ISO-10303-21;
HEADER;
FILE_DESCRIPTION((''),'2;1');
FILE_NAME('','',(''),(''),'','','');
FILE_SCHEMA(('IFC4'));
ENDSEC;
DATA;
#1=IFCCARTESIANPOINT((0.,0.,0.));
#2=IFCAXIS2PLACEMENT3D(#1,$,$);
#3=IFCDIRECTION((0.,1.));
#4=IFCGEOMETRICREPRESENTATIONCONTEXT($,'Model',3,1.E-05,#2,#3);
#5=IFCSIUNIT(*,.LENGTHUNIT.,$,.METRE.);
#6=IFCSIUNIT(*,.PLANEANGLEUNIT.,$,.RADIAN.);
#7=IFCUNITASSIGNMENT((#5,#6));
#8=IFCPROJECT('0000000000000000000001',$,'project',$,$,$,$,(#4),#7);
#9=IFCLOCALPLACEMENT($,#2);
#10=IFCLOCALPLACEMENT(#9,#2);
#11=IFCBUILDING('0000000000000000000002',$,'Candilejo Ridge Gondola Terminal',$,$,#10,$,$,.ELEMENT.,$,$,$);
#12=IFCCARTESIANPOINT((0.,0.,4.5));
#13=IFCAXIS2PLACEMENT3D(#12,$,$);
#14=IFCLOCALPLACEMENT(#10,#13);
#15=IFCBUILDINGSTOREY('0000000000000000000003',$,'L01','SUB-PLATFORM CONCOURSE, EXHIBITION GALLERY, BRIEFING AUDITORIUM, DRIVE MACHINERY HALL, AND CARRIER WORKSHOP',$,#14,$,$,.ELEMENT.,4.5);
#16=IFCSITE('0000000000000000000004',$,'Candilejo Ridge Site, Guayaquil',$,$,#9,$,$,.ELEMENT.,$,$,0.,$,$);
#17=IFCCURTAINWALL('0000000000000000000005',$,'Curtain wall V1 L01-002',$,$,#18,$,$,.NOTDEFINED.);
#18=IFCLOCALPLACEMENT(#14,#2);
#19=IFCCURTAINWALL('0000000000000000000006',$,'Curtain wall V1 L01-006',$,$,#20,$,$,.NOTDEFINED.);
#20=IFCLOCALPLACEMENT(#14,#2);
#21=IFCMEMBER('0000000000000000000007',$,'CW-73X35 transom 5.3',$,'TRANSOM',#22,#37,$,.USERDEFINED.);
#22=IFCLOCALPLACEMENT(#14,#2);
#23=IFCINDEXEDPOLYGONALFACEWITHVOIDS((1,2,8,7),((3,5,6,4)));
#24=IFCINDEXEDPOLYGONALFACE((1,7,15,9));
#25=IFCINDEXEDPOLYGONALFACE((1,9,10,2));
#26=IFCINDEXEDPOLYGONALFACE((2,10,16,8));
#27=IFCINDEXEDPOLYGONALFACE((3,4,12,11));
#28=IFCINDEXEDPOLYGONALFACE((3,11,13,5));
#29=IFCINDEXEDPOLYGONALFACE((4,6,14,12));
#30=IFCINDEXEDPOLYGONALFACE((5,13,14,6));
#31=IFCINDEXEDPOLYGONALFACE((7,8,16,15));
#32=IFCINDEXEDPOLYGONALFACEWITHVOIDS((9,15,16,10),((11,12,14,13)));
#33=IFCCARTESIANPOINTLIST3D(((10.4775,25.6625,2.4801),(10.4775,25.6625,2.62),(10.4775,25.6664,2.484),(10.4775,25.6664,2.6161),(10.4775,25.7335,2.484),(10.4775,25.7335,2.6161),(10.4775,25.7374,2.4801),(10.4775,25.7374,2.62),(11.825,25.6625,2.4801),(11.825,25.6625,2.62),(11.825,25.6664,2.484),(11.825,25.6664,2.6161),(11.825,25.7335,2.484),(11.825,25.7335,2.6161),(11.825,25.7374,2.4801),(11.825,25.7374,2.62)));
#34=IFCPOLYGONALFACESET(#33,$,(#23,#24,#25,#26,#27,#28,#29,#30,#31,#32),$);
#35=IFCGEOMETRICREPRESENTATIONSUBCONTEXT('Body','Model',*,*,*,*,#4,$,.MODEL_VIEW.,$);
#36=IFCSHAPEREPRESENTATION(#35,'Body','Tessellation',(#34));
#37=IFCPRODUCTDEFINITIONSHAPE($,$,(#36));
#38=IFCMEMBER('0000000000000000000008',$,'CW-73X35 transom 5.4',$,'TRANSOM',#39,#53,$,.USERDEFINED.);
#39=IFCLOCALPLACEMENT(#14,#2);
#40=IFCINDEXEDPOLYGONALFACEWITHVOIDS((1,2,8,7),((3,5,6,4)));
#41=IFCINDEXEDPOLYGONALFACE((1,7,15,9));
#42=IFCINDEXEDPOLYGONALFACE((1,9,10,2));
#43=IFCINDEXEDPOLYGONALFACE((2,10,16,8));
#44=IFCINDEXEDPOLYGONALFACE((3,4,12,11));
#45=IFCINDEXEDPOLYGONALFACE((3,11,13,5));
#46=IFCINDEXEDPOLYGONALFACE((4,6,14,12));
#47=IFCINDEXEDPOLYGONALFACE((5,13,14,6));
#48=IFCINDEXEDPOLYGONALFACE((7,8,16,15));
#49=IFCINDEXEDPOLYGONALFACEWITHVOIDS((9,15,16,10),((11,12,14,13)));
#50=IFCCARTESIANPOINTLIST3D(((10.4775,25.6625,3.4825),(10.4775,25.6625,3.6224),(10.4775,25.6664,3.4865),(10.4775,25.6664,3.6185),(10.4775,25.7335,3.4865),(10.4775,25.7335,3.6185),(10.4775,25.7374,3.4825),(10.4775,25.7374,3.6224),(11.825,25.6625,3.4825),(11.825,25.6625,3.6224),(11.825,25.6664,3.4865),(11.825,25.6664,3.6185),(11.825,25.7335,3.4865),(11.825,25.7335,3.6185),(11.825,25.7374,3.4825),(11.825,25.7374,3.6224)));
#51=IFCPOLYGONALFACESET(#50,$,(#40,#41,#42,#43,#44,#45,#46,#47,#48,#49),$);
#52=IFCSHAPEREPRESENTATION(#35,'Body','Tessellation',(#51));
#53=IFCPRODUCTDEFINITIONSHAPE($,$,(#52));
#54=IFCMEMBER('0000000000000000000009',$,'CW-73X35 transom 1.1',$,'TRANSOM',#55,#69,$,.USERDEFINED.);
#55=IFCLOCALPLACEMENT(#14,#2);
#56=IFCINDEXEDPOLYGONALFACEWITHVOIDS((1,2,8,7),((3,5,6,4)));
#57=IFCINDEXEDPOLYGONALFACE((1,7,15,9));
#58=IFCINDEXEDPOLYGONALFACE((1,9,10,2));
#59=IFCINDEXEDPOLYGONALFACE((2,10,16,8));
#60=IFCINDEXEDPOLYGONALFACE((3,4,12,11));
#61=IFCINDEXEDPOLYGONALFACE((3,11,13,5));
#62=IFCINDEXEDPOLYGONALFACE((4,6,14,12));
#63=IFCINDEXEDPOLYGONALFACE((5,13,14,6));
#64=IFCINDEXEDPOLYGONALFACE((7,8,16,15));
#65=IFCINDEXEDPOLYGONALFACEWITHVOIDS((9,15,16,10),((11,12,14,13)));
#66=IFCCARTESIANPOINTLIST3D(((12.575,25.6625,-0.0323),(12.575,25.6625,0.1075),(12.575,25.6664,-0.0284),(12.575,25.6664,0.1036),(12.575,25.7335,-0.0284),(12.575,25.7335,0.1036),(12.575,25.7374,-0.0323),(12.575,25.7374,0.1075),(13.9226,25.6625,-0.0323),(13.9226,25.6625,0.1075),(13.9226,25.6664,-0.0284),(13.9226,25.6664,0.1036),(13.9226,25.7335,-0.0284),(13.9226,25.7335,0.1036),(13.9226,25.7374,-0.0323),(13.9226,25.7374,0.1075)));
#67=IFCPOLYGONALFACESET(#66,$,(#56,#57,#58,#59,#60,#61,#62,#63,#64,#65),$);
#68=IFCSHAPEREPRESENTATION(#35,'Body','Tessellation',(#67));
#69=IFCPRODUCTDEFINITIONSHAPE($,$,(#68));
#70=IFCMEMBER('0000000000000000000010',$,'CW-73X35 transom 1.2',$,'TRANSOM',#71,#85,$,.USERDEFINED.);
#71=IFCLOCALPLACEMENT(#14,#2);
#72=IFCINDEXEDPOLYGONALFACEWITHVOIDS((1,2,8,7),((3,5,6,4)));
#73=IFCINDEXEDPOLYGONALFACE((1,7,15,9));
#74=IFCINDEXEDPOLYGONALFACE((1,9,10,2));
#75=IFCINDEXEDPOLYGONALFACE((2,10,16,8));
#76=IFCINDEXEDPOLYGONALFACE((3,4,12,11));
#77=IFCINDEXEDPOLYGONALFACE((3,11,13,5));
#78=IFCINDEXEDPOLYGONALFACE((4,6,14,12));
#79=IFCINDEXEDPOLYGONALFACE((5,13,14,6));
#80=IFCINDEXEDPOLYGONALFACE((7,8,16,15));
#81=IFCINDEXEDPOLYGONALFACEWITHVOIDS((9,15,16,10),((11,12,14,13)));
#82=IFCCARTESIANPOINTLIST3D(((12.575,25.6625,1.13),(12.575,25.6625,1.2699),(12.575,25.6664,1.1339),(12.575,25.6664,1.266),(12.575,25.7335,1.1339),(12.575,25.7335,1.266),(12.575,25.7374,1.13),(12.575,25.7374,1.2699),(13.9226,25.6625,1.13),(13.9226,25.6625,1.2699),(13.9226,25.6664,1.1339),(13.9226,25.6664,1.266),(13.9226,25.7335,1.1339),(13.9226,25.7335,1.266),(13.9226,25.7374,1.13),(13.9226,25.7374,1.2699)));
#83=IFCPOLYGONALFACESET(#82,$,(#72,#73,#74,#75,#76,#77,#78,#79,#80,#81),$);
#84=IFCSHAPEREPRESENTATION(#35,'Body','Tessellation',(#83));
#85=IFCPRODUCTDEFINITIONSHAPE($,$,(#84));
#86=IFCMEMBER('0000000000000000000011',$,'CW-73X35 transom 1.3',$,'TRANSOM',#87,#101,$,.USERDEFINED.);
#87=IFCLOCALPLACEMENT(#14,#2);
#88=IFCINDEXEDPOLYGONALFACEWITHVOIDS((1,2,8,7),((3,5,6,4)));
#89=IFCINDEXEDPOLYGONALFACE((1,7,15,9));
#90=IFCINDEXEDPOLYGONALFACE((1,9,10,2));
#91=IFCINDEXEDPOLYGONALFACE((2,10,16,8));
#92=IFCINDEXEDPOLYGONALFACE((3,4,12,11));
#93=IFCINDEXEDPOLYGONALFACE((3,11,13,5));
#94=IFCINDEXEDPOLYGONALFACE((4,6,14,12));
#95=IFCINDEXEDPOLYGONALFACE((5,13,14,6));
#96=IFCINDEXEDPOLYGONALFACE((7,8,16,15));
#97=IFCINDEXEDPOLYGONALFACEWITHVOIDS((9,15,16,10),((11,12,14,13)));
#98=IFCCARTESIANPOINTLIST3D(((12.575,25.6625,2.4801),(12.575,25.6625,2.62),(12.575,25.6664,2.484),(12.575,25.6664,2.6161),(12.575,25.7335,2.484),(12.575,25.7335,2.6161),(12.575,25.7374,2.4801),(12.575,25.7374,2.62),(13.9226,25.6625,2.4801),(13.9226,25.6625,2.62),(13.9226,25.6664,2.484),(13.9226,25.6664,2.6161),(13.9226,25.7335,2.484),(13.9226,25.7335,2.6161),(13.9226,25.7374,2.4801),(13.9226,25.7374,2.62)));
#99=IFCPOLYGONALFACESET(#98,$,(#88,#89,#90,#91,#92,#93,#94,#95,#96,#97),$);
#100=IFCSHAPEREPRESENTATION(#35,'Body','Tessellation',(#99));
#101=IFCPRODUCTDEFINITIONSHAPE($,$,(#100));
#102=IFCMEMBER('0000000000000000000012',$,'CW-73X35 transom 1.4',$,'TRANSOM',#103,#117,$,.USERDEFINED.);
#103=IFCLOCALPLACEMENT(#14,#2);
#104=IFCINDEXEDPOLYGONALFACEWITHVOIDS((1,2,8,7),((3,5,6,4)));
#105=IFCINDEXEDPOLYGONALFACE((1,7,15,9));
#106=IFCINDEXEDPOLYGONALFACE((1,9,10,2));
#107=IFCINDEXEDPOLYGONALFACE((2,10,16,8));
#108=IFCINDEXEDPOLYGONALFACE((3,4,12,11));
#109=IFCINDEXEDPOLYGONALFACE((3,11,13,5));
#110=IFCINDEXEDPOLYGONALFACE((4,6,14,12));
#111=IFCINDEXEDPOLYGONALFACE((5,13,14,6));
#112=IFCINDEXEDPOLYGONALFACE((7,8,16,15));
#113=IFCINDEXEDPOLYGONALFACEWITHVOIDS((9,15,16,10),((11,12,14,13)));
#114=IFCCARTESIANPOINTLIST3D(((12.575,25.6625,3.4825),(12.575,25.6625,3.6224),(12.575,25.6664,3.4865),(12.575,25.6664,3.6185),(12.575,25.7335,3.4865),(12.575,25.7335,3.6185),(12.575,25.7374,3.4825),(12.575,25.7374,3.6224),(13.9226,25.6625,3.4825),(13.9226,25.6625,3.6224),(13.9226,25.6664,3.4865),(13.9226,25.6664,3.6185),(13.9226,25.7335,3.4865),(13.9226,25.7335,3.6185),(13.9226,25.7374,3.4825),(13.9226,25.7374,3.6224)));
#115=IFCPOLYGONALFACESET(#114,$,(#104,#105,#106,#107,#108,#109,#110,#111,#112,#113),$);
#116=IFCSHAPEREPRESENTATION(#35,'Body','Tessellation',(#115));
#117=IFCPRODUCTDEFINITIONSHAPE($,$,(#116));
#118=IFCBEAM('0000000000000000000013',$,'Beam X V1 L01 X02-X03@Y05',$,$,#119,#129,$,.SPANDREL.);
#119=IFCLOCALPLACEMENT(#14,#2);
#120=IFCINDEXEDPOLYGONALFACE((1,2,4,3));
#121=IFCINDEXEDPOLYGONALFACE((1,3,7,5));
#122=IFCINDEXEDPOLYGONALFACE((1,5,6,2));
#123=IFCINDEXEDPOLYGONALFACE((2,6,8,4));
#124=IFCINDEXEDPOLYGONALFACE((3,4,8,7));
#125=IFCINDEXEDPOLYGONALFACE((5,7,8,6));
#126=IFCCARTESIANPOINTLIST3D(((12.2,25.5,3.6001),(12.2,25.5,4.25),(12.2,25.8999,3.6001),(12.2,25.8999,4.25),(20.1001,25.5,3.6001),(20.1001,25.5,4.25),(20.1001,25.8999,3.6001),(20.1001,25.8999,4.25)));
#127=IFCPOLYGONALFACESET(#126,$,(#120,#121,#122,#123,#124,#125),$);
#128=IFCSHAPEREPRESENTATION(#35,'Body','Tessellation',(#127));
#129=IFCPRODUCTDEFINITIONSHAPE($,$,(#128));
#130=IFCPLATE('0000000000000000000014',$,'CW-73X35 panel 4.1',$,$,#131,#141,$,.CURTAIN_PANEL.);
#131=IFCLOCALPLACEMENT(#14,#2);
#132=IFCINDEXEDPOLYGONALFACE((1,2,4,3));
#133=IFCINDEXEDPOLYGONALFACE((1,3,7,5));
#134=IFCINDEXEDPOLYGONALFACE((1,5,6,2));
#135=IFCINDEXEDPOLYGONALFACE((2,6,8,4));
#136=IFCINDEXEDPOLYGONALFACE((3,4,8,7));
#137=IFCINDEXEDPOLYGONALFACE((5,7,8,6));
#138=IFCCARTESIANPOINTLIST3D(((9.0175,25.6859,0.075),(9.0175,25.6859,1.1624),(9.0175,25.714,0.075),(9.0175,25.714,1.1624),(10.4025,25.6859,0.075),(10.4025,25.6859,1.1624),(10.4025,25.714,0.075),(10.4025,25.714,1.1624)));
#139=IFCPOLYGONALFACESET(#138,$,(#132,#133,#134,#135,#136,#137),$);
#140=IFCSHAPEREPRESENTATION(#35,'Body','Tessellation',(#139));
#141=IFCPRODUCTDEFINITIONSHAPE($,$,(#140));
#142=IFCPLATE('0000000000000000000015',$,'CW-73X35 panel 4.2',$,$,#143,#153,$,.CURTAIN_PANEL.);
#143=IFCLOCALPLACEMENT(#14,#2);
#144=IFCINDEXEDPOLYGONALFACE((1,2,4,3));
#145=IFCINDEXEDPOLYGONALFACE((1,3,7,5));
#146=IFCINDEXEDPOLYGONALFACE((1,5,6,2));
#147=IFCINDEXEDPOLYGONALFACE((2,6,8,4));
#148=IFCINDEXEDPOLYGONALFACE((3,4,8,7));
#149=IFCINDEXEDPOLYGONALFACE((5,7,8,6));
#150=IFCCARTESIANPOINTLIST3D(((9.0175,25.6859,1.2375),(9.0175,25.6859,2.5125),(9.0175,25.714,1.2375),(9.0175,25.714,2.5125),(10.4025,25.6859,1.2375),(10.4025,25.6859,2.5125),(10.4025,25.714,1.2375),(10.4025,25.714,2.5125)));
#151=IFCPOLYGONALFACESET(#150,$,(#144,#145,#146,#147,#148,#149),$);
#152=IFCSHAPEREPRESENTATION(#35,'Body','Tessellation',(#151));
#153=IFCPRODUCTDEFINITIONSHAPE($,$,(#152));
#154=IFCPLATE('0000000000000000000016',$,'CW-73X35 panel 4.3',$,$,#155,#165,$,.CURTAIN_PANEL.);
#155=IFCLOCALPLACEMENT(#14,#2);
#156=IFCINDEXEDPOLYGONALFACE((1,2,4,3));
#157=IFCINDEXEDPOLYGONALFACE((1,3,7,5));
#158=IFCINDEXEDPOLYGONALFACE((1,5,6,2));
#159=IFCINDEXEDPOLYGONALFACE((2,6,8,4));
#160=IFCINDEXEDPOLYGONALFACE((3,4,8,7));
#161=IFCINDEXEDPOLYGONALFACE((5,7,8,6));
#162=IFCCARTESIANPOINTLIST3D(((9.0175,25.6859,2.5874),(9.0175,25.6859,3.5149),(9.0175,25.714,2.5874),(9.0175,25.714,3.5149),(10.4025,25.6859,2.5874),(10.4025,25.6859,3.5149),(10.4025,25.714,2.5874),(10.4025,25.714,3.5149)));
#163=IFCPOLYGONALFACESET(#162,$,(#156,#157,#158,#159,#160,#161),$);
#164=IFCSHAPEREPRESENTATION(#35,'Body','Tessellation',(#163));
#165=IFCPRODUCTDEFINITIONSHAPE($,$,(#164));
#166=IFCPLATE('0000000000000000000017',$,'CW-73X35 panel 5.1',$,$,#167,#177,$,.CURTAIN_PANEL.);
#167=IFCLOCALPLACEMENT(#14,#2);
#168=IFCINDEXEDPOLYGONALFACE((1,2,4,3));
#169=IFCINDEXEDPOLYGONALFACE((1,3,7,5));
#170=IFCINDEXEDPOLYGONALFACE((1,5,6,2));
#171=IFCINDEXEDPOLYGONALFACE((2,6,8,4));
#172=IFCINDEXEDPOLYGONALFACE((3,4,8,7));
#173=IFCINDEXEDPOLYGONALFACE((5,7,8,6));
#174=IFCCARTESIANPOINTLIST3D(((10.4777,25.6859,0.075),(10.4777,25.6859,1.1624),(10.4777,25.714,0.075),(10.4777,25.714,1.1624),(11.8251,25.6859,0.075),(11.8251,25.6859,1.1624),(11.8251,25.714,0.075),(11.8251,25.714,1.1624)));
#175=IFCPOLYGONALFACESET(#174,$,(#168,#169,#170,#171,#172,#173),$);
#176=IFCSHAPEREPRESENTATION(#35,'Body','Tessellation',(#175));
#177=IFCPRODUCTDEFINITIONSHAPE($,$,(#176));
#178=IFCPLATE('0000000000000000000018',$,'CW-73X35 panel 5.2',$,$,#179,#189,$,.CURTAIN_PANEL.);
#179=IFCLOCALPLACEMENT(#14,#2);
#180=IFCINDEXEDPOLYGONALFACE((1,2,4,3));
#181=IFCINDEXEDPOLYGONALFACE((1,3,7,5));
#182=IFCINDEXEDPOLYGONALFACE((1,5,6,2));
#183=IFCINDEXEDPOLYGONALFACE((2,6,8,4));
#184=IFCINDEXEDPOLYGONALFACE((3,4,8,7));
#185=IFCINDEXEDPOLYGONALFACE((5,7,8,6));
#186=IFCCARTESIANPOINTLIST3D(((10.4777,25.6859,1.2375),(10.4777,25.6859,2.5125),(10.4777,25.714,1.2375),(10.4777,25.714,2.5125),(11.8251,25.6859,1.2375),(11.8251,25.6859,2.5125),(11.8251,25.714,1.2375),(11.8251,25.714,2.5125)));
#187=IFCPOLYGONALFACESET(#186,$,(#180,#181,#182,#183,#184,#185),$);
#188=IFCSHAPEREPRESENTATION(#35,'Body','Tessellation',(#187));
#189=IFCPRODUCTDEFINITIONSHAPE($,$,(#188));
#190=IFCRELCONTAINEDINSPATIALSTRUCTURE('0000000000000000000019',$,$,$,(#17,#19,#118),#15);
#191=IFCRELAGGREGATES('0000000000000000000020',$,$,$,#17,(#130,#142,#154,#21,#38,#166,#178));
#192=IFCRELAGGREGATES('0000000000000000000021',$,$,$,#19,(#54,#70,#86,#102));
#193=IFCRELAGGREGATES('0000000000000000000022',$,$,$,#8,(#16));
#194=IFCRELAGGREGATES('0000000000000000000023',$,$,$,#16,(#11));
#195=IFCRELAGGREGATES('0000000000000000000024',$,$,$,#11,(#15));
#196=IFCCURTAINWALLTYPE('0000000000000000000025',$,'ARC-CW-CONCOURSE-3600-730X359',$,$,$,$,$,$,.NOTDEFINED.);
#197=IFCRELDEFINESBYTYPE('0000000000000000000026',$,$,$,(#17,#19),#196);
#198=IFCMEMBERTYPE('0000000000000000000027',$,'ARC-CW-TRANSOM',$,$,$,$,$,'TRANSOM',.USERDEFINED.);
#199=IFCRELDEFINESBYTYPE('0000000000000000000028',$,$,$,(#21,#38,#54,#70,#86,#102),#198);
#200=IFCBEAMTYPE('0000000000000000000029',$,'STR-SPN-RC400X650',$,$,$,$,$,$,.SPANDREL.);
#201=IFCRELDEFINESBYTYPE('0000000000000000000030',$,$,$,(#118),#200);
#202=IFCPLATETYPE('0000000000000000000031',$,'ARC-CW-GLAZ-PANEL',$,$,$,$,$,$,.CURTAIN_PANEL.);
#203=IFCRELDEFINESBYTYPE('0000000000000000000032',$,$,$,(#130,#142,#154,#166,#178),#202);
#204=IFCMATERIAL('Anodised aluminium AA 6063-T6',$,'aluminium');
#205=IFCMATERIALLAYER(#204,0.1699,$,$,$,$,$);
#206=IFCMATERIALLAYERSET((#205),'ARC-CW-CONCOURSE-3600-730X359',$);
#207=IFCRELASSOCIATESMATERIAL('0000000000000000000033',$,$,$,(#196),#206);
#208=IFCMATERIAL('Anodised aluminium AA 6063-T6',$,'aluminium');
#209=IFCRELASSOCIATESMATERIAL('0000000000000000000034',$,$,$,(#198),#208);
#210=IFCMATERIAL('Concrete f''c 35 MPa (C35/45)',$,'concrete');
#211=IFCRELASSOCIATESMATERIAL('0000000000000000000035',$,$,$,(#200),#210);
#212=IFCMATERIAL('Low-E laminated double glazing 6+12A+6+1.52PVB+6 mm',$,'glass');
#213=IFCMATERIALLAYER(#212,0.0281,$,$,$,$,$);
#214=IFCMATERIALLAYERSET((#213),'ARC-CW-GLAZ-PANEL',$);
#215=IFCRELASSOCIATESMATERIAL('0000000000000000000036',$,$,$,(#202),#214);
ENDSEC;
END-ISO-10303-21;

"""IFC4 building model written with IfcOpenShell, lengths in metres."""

from ifc_helpers import new_model, si_unit, direction, frame, origin, origin_2d, place, context, subcontext, project, spatial, rectangle, hollow_rectangle, extrude, material, layer, layer_set, material_profile, profile_set, type_object, element, aggregate, save


model = new_model("IFC4")

# Units and contexts
model_context = context("Model", 3, precision=1e-05, world=origin(), true_north=direction((0.0, 1.0)))
body_context = subcontext(model_context, "Body", "Model", "MODEL_VIEW")
ifc_project = project(units=[si_unit("LENGTHUNIT", "METRE"), si_unit("PLANEANGLEUNIT", "RADIAN")], contexts=[model_context])

# Site, building, storey
site_placement = place(None, origin())
site = spatial("IfcSite", under=ifc_project, at=site_placement, Name="Candilejo Ridge Site, Guayaquil", CompositionType="ELEMENT", RefElevation=0.0)
building_placement = place(site_placement, origin())
building = spatial("IfcBuilding", under=site, at=building_placement, Name="Candilejo Ridge Gondola Terminal", CompositionType="ELEMENT")
storey_placement = place(building_placement, frame((0.0, 0.0, 4.5)))
storey = spatial("IfcBuildingStorey", under=building, at=storey_placement, Name="L01", Description="SUB-PLATFORM CONCOURSE, EXHIBITION GALLERY, BRIEFING AUDITORIUM, DRIVE MACHINERY HALL, AND CARRIER WORKSHOP", CompositionType="ELEMENT", Elevation=4.5)

# Curtain wall
ifc_material_1 = material(Name="Anodised aluminium AA 6063-T6", Category="aluminium")
ifc_layer_1 = layer(ifc_material_1, 0.1699)
ifc_layer_set_1 = layer_set([ifc_layer_1], Name="ARC-CW-CONCOURSE-3600-730X359")
curtain_wall_type = type_object("IfcCurtainWallType", Name="ARC-CW-CONCOURSE-3600-730X359", PredefinedType="NOTDEFINED", material=ifc_layer_set_1)
curtain_wall_1_placement = place(storey_placement, origin())
curtain_wall_1 = element("IfcCurtainWall", 1, at=curtain_wall_1_placement, inside=storey, type_object=curtain_wall_type, Name="Curtain wall V1 L01-002", PredefinedType="NOTDEFINED")

# Curtain wall
curtain_wall_2_placement = place(storey_placement, origin())
curtain_wall_2 = element("IfcCurtainWall", 2, at=curtain_wall_2_placement, inside=storey, type_object=curtain_wall_type, Name="Curtain wall V1 L01-006", PredefinedType="NOTDEFINED")

# Members
ifc_material_2 = material(Name="Anodised aluminium AA 6063-T6", Category="aluminium")
ifc_material_profile_1 = material_profile(ifc_material_2, hollow_rectangle(XDim=0.075, YDim=0.1399, WallThickness=0.0039, at=origin_2d()))
ifc_profile_set_1 = profile_set([ifc_material_profile_1], Name="Anodised aluminium AA 6063-T6")
member_type_1 = type_object("IfcMemberType", Name="ARC-CW-TRANSOM", ElementType="TRANSOM", PredefinedType="USERDEFINED", material=ifc_profile_set_1)
member_1_placement = place(storey_placement, frame((10.4775, 25.7, 2.55), z_axis=(1.0, 0.0, 0.0), x_axis=(0.0, 1.0, 0.0)))
member_1 = element("IfcMember", 3, at=member_1_placement, type_object=member_type_1, Name="CW-73X35 transom 5.3", ObjectType="TRANSOM", PredefinedType="USERDEFINED", context=body_context, shape_type="SweptSolid", body=[
    extrude(hollow_rectangle(XDim=0.075, YDim=0.1399, WallThickness=0.0039, at=origin_2d()), origin(), (0.0, 0.0, 1.0), 1.3474),
])
member_2_placement = place(storey_placement, frame((10.4775, 25.7, 3.5525), z_axis=(1.0, 0.0, 0.0), x_axis=(0.0, 1.0, 0.0)))
member_2 = element("IfcMember", 4, at=member_2_placement, type_object=member_type_1, Name="CW-73X35 transom 5.4", ObjectType="TRANSOM", PredefinedType="USERDEFINED", context=body_context, shape_type="SweptSolid", body=[
    extrude(hollow_rectangle(XDim=0.075, YDim=0.1399, WallThickness=0.0039, at=origin_2d()), origin(), (0.0, 0.0, 1.0), 1.3474),
])
member_3_placement = place(storey_placement, frame((12.575, 25.7, 0.0376), z_axis=(1.0, 0.0, 0.0), x_axis=(0.0, 1.0, 0.0)))
member_3 = element("IfcMember", 5, at=member_3_placement, type_object=member_type_1, Name="CW-73X35 transom 1.1", ObjectType="TRANSOM", PredefinedType="USERDEFINED", context=body_context, shape_type="SweptSolid", body=[
    extrude(hollow_rectangle(XDim=0.075, YDim=0.1399, WallThickness=0.0039, at=origin_2d()), origin(), (0.0, 0.0, 1.0), 1.3477),
])
member_4_placement = place(storey_placement, frame((12.575, 25.7, 1.2), z_axis=(1.0, 0.0, 0.0), x_axis=(0.0, 1.0, 0.0)))
member_4 = element("IfcMember", 6, at=member_4_placement, type_object=member_type_1, Name="CW-73X35 transom 1.2", ObjectType="TRANSOM", PredefinedType="USERDEFINED", context=body_context, shape_type="SweptSolid", body=[
    extrude(hollow_rectangle(XDim=0.075, YDim=0.1399, WallThickness=0.0039, at=origin_2d()), origin(), (0.0, 0.0, 1.0), 1.3477),
])
member_5_placement = place(storey_placement, frame((12.575, 25.7, 2.55), z_axis=(1.0, 0.0, 0.0), x_axis=(0.0, 1.0, 0.0)))
member_5 = element("IfcMember", 7, at=member_5_placement, type_object=member_type_1, Name="CW-73X35 transom 1.3", ObjectType="TRANSOM", PredefinedType="USERDEFINED", context=body_context, shape_type="SweptSolid", body=[
    extrude(hollow_rectangle(XDim=0.075, YDim=0.1399, WallThickness=0.0039, at=origin_2d()), origin(), (0.0, 0.0, 1.0), 1.3477),
])
member_6_placement = place(storey_placement, frame((12.575, 25.7, 3.5525), z_axis=(1.0, 0.0, 0.0), x_axis=(0.0, 1.0, 0.0)))
member_6 = element("IfcMember", 8, at=member_6_placement, type_object=member_type_1, Name="CW-73X35 transom 1.4", ObjectType="TRANSOM", PredefinedType="USERDEFINED", context=body_context, shape_type="SweptSolid", body=[
    extrude(hollow_rectangle(XDim=0.075, YDim=0.1399, WallThickness=0.0039, at=origin_2d()), origin(), (0.0, 0.0, 1.0), 1.3477),
])

# Beam
ifc_material_3 = material(Name="Concrete f'c 35 MPa (C35/45)", Category="concrete")
ifc_material_profile_2 = material_profile(ifc_material_3, rectangle(XDim=0.3999, YDim=0.6499, at=origin_2d()))
ifc_profile_set_2 = profile_set([ifc_material_profile_2], Name="Concrete f'c 35 MPa (C35/45)")
beam_type = type_object("IfcBeamType", Name="STR-SPN-RC400X650", PredefinedType="SPANDREL", material=ifc_profile_set_2)
beam_placement = place(storey_placement, frame((12.2, 25.7, 3.925), z_axis=(1.0, 0.0, 0.0), x_axis=(0.0, 1.0, 0.0)))
element("IfcBeam", 9, at=beam_placement, inside=storey, type_object=beam_type, Name="Beam X V1 L01 X02-X03@Y05", PredefinedType="SPANDREL", context=body_context, shape_type="SweptSolid", body=[
    extrude(rectangle(XDim=0.3999, YDim=0.6499, at=origin_2d()), origin(), (0.0, 0.0, 1.0), 7.9001),
])

# Plates
ifc_material_4 = material(Name="Low-E laminated double glazing 6+12A+6+1.52PVB+6 mm", Category="glass")
ifc_layer_2 = layer(ifc_material_4, 0.0281)
ifc_layer_set_2 = layer_set([ifc_layer_2], Name="ARC-CW-GLAZ-PANEL")
plate_type = type_object("IfcPlateType", Name="ARC-CW-GLAZ-PANEL", PredefinedType="CURTAIN_PANEL", material=ifc_layer_set_2)
plate_1_placement = place(storey_placement, frame((9.71, 25.7, 0.075), z_axis=(0.0, 0.0, 1.0), x_axis=(1.0, 0.0, 0.0)))
plate_1 = element("IfcPlate", 10, at=plate_1_placement, type_object=plate_type, Name="CW-73X35 panel 4.1", PredefinedType="CURTAIN_PANEL", context=body_context, shape_type="SweptSolid", body=[
    extrude(rectangle(XDim=1.385, YDim=0.0281, at=origin_2d()), origin(), (0.0, 0.0, 1.0), 1.0874),
])
plate_2_placement = place(storey_placement, frame((9.71, 25.7, 1.2375), z_axis=(0.0, 0.0, 1.0), x_axis=(1.0, 0.0, 0.0)))
plate_2 = element("IfcPlate", 11, at=plate_2_placement, type_object=plate_type, Name="CW-73X35 panel 4.2", PredefinedType="CURTAIN_PANEL", context=body_context, shape_type="SweptSolid", body=[
    extrude(rectangle(XDim=1.385, YDim=0.0281, at=origin_2d()), origin(), (0.0, 0.0, 1.0), 1.2749),
])
plate_3_placement = place(storey_placement, frame((9.71, 25.7, 2.5874), z_axis=(0.0, 0.0, 1.0), x_axis=(1.0, 0.0, 0.0)))
plate_3 = element("IfcPlate", 12, at=plate_3_placement, type_object=plate_type, Name="CW-73X35 panel 4.3", PredefinedType="CURTAIN_PANEL", context=body_context, shape_type="SweptSolid", body=[
    extrude(rectangle(XDim=1.385, YDim=0.0281, at=origin_2d()), origin(), (0.0, 0.0, 1.0), 0.9275),
])
plate_4_placement = place(storey_placement, frame((11.1514, 25.7, 0.075), z_axis=(0.0, 0.0, 1.0), x_axis=(1.0, 0.0, 0.0)))
plate_4 = element("IfcPlate", 13, at=plate_4_placement, type_object=plate_type, Name="CW-73X35 panel 5.1", PredefinedType="CURTAIN_PANEL", context=body_context, shape_type="SweptSolid", body=[
    extrude(rectangle(XDim=1.3474, YDim=0.0281, at=origin_2d()), origin(), (0.0, 0.0, 1.0), 1.0874),
])
plate_5_placement = place(storey_placement, frame((11.1514, 25.7, 1.2375), z_axis=(0.0, 0.0, 1.0), x_axis=(1.0, 0.0, 0.0)))
plate_5 = element("IfcPlate", 14, at=plate_5_placement, type_object=plate_type, Name="CW-73X35 panel 5.2", PredefinedType="CURTAIN_PANEL", context=body_context, shape_type="SweptSolid", body=[
    extrude(rectangle(XDim=1.3474, YDim=0.0281, at=origin_2d()), origin(), (0.0, 0.0, 1.0), 1.2749),
])
aggregate(curtain_wall_1, [plate_1, plate_2, plate_3, member_1, member_2, plate_4, plate_5])
aggregate(curtain_wall_2, [member_3, member_4, member_5, member_6])

save(model, "model.ifc")
